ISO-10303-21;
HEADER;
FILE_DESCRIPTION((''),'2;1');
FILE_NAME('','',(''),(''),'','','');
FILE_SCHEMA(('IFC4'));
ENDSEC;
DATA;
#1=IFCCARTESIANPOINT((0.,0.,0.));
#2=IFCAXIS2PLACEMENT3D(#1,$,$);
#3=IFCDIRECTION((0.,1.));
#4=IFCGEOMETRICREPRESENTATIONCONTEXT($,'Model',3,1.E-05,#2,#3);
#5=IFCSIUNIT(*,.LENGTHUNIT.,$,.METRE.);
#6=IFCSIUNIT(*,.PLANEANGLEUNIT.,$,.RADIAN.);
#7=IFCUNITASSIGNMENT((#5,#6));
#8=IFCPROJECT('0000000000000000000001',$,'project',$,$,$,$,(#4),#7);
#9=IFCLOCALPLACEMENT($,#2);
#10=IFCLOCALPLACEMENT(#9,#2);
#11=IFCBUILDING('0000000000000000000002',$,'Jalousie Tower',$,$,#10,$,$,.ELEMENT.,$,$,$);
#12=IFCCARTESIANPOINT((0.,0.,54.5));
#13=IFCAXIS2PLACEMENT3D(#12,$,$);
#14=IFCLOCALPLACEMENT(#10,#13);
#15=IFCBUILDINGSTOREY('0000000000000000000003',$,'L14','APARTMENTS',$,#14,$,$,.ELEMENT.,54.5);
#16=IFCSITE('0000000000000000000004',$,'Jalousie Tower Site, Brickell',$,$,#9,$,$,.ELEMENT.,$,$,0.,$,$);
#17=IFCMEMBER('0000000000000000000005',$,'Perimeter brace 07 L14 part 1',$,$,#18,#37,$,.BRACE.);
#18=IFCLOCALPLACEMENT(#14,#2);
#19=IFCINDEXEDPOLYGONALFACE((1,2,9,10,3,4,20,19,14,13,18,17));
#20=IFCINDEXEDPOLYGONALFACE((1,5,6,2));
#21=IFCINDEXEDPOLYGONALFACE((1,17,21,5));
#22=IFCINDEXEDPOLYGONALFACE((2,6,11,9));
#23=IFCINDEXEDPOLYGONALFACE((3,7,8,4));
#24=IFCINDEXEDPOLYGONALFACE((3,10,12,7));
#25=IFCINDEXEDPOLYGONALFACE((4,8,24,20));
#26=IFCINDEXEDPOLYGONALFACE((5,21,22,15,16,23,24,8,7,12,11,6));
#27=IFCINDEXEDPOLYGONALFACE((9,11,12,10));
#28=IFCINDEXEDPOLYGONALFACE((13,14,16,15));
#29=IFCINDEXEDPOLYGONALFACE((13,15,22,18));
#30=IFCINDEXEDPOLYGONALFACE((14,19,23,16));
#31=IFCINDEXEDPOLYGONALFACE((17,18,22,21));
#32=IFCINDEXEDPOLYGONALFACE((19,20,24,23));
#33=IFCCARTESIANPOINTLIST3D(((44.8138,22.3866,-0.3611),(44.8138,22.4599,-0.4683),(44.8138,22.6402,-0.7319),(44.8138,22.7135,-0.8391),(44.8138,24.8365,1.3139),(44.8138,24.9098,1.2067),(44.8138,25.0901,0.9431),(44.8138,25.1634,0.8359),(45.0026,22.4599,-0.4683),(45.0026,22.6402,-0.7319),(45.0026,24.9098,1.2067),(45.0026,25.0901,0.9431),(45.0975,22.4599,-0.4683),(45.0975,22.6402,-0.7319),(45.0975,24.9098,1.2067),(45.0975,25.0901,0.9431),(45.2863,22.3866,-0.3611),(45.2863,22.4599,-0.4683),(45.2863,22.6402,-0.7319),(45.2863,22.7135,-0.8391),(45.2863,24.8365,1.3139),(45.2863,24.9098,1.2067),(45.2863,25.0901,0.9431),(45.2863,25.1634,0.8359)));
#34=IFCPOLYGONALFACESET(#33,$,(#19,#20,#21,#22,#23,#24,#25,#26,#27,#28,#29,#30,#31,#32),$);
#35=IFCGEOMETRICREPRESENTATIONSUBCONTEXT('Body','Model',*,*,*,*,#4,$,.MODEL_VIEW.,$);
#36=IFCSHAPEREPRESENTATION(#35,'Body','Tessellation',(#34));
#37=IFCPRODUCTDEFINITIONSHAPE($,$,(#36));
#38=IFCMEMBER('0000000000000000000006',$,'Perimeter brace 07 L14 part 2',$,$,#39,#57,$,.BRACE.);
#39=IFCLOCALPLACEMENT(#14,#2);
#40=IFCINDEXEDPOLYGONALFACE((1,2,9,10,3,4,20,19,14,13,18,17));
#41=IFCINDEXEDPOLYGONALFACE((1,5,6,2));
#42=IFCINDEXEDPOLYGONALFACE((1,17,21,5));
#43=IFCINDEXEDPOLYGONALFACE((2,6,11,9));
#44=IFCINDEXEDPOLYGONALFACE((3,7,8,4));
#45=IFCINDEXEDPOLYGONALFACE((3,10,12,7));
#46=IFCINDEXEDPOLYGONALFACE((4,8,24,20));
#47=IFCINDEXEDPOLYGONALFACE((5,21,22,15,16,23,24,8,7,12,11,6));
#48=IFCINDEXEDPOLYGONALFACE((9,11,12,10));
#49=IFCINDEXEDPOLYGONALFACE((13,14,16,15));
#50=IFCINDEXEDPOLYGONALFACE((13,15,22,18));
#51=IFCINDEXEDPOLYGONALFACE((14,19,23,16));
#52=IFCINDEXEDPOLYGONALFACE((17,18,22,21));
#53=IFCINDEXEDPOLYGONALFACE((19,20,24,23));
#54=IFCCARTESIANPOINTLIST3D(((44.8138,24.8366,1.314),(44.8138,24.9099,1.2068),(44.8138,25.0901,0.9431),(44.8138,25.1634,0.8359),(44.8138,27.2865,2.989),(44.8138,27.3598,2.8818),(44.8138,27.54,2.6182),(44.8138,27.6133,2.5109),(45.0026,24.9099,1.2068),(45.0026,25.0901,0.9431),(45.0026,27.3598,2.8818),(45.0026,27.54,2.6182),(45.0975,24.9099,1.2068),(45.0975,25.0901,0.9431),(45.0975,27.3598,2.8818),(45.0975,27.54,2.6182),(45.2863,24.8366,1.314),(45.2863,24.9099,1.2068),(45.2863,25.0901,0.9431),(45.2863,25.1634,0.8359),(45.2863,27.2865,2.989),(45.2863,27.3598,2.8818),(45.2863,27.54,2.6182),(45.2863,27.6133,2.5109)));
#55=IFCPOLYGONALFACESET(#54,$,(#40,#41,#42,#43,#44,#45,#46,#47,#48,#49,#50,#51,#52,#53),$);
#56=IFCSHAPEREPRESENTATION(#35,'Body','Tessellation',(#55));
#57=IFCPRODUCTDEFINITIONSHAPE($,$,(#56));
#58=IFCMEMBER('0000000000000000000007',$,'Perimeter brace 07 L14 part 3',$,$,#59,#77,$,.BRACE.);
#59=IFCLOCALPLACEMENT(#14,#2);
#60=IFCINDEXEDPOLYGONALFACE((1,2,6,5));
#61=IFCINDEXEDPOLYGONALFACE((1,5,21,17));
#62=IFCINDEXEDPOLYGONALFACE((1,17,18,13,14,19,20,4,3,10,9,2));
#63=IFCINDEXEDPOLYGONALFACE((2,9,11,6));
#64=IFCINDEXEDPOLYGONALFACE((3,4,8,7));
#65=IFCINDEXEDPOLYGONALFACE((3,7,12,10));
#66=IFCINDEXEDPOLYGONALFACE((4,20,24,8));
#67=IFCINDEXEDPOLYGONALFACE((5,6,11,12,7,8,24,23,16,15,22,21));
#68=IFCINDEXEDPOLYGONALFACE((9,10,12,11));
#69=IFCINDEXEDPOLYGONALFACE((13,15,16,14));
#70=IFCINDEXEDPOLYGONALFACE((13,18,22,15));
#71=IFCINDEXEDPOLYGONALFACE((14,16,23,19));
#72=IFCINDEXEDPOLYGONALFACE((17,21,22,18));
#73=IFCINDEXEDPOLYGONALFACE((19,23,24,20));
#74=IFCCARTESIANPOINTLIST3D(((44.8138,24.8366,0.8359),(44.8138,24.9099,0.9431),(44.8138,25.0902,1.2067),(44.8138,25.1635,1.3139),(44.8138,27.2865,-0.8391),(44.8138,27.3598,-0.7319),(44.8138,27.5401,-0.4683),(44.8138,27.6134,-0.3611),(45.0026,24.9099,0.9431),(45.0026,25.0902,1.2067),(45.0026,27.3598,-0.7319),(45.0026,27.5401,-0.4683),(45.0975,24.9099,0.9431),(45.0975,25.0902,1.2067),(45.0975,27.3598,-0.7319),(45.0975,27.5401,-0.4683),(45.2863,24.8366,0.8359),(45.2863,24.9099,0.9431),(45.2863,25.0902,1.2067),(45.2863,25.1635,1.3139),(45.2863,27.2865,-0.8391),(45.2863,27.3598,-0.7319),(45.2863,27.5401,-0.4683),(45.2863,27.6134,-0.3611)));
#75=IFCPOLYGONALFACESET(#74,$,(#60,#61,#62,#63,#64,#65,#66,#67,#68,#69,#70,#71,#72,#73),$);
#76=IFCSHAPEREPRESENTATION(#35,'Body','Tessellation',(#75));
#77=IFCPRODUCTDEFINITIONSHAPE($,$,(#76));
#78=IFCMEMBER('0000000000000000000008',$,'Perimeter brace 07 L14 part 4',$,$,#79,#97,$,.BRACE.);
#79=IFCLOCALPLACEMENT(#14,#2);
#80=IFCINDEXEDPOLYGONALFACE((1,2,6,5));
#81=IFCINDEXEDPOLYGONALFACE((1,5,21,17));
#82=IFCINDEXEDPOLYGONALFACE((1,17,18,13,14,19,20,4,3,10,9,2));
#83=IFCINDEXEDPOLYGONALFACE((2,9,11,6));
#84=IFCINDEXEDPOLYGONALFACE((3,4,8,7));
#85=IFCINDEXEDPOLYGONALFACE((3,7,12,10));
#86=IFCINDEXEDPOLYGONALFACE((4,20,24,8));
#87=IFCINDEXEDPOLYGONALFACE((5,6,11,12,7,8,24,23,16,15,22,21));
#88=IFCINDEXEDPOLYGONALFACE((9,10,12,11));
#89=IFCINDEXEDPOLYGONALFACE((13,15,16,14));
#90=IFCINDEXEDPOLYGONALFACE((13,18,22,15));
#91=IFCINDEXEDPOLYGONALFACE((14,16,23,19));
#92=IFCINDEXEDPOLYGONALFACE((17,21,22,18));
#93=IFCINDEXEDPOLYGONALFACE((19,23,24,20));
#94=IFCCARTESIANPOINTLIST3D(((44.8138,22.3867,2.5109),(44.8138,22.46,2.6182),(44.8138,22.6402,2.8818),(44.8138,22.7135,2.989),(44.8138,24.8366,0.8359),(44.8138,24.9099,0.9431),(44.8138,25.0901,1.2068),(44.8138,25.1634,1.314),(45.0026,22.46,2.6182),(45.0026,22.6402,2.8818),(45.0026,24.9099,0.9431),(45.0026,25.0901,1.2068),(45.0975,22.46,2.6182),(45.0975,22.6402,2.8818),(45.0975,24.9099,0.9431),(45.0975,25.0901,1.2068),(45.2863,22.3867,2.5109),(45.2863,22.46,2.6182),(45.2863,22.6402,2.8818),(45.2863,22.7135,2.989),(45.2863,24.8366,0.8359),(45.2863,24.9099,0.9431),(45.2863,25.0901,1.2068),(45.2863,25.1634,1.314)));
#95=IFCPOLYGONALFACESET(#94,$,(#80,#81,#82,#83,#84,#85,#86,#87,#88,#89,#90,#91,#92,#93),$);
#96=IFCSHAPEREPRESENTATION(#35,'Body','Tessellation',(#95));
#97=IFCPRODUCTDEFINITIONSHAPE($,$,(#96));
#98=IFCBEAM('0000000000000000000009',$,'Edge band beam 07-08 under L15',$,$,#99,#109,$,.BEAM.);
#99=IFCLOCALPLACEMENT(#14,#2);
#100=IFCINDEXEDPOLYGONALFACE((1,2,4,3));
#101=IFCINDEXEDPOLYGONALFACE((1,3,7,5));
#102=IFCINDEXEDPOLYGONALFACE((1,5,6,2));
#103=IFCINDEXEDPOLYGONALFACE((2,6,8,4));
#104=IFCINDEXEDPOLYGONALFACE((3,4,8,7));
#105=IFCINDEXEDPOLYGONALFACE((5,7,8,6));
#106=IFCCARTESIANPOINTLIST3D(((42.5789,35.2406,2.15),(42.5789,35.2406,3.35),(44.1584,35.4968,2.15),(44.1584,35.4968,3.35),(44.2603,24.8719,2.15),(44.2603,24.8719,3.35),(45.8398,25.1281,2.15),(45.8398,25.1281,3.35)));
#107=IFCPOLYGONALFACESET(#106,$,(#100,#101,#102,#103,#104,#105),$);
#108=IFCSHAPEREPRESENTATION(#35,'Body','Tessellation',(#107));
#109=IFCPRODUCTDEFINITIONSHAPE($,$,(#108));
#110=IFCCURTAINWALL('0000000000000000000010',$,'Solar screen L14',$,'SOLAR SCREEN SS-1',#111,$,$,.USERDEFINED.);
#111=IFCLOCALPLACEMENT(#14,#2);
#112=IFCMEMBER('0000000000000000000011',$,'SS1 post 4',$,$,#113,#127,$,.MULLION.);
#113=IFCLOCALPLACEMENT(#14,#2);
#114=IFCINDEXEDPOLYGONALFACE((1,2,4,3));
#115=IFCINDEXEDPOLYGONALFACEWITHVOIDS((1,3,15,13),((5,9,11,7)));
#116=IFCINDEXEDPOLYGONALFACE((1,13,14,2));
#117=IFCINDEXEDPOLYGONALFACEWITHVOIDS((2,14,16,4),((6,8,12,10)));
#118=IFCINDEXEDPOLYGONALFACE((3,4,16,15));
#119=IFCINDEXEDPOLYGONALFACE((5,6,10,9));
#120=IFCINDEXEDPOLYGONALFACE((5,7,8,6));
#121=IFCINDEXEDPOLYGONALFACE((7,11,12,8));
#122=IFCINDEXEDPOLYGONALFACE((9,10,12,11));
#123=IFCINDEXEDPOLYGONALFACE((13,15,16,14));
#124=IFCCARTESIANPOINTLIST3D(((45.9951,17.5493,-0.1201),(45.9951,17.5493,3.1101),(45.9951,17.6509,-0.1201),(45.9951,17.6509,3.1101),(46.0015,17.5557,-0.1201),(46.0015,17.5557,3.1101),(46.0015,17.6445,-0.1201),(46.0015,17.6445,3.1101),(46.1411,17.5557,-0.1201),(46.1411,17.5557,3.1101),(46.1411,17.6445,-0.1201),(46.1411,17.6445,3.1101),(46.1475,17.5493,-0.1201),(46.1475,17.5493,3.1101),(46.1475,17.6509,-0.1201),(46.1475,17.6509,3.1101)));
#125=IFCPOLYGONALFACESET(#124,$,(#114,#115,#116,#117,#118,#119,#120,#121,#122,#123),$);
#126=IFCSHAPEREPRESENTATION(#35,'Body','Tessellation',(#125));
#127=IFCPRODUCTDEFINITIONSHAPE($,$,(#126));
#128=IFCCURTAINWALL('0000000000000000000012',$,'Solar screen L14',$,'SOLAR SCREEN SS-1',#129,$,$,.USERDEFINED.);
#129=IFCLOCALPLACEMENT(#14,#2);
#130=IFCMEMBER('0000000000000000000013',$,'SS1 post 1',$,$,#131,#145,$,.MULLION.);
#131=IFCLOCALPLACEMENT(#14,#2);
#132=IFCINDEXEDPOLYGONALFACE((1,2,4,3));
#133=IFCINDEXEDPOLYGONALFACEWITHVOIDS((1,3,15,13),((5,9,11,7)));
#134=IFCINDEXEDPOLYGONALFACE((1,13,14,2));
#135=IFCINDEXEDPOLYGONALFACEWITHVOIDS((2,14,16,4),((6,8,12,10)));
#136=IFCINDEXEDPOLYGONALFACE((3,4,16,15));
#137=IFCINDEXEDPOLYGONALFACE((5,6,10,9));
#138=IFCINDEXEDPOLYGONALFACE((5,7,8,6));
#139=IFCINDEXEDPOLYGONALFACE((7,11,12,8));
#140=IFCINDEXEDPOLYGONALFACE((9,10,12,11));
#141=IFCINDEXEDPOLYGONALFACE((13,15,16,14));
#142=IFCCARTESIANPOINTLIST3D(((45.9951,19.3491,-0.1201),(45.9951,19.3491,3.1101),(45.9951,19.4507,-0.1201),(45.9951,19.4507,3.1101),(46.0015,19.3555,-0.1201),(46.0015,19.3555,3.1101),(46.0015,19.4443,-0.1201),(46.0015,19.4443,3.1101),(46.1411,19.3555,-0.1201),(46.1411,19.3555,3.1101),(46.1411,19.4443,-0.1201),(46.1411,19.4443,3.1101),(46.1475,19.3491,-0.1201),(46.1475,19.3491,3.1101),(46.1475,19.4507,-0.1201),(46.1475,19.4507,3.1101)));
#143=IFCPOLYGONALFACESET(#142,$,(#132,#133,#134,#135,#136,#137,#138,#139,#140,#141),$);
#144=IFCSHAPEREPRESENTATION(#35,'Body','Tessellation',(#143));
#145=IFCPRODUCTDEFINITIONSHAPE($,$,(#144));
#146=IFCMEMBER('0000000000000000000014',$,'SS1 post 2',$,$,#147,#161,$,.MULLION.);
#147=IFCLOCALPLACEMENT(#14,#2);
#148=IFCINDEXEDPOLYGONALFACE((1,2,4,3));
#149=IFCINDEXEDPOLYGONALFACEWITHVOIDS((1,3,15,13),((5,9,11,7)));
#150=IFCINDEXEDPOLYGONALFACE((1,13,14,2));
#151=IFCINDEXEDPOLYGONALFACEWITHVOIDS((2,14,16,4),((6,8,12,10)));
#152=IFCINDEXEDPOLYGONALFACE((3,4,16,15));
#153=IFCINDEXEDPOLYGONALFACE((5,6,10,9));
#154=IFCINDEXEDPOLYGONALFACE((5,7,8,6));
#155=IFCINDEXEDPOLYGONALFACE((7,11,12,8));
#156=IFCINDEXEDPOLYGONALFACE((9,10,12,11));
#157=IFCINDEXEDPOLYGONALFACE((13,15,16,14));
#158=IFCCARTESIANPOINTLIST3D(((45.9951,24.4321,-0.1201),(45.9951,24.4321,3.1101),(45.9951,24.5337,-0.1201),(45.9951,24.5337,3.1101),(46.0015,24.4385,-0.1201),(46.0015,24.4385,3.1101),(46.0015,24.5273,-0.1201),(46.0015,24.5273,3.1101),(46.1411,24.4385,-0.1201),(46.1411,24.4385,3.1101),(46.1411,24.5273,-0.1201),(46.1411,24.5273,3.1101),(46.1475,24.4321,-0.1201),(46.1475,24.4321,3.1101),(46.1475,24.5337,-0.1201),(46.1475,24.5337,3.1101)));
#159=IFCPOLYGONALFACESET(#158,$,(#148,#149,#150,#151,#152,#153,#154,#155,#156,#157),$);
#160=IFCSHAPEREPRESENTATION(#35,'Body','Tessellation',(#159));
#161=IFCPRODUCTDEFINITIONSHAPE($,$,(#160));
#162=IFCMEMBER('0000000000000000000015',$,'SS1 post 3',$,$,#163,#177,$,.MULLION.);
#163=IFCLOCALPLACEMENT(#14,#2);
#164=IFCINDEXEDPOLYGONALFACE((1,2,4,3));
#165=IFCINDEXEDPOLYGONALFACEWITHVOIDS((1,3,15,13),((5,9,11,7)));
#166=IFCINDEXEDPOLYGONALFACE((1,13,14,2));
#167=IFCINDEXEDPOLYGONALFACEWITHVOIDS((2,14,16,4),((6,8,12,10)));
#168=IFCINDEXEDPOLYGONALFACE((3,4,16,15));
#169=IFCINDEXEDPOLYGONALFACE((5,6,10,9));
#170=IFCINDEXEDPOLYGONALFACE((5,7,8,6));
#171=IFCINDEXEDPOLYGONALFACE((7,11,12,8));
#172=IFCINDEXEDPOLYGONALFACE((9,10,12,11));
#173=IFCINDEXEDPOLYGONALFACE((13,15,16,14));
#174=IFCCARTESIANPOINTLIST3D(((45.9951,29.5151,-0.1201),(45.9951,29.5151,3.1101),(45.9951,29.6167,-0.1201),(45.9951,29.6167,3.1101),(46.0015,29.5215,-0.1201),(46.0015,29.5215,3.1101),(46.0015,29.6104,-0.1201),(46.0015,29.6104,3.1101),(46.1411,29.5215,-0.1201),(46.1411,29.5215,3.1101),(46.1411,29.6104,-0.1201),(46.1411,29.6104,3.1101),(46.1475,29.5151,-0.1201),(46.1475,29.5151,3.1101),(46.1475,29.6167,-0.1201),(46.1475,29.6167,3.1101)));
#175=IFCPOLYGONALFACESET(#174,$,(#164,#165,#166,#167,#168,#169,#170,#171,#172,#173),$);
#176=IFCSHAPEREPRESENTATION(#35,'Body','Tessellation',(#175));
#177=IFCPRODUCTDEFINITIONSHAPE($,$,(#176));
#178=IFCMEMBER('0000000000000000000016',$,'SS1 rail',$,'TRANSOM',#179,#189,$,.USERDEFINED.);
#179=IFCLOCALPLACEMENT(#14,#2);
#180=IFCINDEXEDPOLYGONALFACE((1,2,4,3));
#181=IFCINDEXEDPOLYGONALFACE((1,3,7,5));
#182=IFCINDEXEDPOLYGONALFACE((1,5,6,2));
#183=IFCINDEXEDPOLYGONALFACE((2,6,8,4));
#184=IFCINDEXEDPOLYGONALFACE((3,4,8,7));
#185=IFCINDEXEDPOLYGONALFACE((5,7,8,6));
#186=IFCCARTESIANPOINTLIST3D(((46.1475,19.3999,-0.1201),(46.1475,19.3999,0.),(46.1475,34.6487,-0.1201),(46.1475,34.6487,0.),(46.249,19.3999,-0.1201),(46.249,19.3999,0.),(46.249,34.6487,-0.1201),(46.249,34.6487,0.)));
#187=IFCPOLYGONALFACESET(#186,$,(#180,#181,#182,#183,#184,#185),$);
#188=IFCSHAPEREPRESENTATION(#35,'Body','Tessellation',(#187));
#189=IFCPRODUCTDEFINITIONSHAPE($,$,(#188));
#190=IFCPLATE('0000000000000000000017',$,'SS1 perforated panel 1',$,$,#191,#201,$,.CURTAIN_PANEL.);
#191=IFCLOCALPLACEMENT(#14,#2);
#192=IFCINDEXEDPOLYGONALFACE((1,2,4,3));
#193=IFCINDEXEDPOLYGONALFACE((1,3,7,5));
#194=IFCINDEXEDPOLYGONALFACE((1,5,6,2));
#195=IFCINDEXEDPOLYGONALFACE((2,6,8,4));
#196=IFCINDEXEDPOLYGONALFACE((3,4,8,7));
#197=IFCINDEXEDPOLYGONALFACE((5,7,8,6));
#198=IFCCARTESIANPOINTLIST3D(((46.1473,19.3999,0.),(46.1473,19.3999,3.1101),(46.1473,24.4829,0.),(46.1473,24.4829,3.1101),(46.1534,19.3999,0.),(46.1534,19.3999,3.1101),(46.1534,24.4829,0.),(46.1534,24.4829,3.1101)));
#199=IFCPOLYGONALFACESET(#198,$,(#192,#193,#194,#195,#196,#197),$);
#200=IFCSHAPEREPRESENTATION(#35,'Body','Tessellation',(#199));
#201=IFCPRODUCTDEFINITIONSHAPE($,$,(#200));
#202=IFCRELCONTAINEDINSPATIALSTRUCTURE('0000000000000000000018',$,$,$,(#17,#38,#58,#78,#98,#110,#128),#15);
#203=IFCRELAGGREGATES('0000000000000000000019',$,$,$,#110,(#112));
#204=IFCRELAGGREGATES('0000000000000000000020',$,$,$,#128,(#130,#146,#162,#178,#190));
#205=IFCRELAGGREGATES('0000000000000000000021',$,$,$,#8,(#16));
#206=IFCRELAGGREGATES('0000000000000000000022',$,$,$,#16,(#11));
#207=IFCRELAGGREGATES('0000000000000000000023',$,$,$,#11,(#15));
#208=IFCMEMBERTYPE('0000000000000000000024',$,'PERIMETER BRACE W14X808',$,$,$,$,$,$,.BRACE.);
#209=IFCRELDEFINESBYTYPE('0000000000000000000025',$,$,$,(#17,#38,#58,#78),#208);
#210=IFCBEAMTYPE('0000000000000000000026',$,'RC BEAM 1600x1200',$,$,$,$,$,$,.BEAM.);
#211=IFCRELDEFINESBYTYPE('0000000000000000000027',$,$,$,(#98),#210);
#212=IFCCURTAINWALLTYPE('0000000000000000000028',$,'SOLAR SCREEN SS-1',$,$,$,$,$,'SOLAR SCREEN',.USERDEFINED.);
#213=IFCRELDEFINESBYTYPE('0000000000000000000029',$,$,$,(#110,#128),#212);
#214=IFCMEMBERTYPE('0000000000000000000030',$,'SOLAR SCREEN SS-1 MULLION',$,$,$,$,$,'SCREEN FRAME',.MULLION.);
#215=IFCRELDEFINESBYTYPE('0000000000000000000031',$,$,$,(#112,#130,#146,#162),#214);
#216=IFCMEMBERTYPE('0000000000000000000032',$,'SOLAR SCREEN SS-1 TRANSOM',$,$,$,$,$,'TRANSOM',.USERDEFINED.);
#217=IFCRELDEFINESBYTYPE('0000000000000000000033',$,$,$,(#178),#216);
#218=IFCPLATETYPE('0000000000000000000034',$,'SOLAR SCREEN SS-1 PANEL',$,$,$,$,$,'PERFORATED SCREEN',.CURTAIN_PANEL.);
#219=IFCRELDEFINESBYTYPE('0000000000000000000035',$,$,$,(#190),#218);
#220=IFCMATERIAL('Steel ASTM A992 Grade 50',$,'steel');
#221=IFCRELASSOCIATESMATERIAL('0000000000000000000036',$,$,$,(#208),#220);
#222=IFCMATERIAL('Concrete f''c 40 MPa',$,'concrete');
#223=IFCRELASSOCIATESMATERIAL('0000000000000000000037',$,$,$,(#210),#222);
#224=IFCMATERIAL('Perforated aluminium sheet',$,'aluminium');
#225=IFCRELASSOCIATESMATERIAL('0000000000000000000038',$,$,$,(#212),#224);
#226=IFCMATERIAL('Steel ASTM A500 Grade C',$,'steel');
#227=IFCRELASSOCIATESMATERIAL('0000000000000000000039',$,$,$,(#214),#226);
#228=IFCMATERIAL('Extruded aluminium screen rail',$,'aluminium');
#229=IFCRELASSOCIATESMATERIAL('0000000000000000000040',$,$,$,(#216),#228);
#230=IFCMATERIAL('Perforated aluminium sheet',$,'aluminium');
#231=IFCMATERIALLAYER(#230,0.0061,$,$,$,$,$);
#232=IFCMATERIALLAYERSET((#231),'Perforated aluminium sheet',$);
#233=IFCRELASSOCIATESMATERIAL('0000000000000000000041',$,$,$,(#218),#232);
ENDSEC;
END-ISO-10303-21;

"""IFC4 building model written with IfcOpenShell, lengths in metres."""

from ifc_helpers import new_model, si_unit, direction, frame, origin, origin_2d, place, context, subcontext, project, spatial, rectangle, hollow_rectangle, i_section, extrude, material, layer, layer_set, material_profile, profile_set, type_object, element, aggregate, save


model = new_model("IFC4")

# Units and contexts
model_context = context("Model", 3, precision=1e-05, world=origin(), true_north=direction((0.0, 1.0)))
body_context = subcontext(model_context, "Body", "Model", "MODEL_VIEW")
ifc_project = project(units=[si_unit("LENGTHUNIT", "METRE"), si_unit("PLANEANGLEUNIT", "RADIAN")], contexts=[model_context])

# Site, building, storey
site_placement = place(None, origin())
site = spatial("IfcSite", under=ifc_project, at=site_placement, Name="Jalousie Tower Site, Brickell", CompositionType="ELEMENT", RefElevation=0.0)
building_placement = place(site_placement, origin())
building = spatial("IfcBuilding", under=site, at=building_placement, Name="Jalousie Tower", CompositionType="ELEMENT")
storey_placement = place(building_placement, frame((0.0, 0.0, 54.5)))
storey = spatial("IfcBuildingStorey", under=building, at=storey_placement, Name="L14", Description="APARTMENTS", CompositionType="ELEMENT", Elevation=54.5)

# Members
ifc_material_1 = material(Name="Steel ASTM A992 Grade 50", Category="steel")
ifc_material_profile_1 = material_profile(ifc_material_1, i_section(OverallWidth=0.4724, OverallDepth=0.5791, WebThickness=0.095, FlangeThickness=0.1299, at=origin_2d()), Name="W14X808")
ifc_profile_set_1 = profile_set([ifc_material_profile_1], Name="Steel ASTM A992 Grade 50")
member_type_1 = type_object("IfcMemberType", Name="PERIMETER BRACE W14X808", PredefinedType="BRACE", material=ifc_profile_set_1)
for number, where, z_axis, x_axis, name in (
    (1, (45.05, 22.55, -0.6001), (0.0, 0.825501, 0.564401), (-1.0, 0.0, 0.0), "Perimeter brace 07 L14 part 1"),
    (2, (45.05, 25.0, 1.075), (0.0, 0.825501, 0.564401), (-1.0, 0.0, 0.0), "Perimeter brace 07 L14 part 2"),
    (3, (45.05, 27.45, -0.6001), (0.0, -0.825501, 0.564401), (1.0, 0.0, 0.0), "Perimeter brace 07 L14 part 3"),
    (4, (45.05, 25.0, 1.075), (0.0, -0.825501, 0.564401), (1.0, 0.0, 0.0), "Perimeter brace 07 L14 part 4"),
):
    element("IfcMember", number, at=place(storey_placement, frame(where, z_axis=z_axis, x_axis=x_axis)), inside=storey, type_object=member_type_1, Name=name, PredefinedType="BRACE", context=body_context, shape_type="SweptSolid", body=[
        extrude(i_section(OverallWidth=0.4724, OverallDepth=0.5791, WebThickness=0.095, FlangeThickness=0.1299, at=origin_2d()), origin(), (0.0, 0.0, 1.0), 2.9678),
    ])

# Beam
ifc_material_2 = material(Name="Concrete f'c 40 MPa", Category="concrete")
ifc_material_profile_2 = material_profile(ifc_material_2, rectangle(XDim=1.6001, YDim=1.2, at=origin_2d()), Name="RC 1600x1200")
ifc_profile_set_2 = profile_set([ifc_material_profile_2], Name="Concrete f'c 40 MPa")
beam_type = type_object("IfcBeamType", Name="RC BEAM 1600x1200", PredefinedType="BEAM", material=ifc_profile_set_2)
beam_placement = place(storey_placement, frame((45.05, 25.0, 2.75), z_axis=(-0.160071, 0.987106, 0.0), x_axis=(-0.987106, -0.160071, 0.0)))
element("IfcBeam", 5, at=beam_placement, inside=storey, type_object=beam_type, Name="Edge band beam 07-08 under L15", PredefinedType="BEAM", context=body_context, shape_type="SweptSolid", body=[
    extrude(rectangle(XDim=1.6001, YDim=1.2, at=origin_2d()), origin(), (0.0, 0.0, 1.0), 10.5042),
])

# Curtain wall, member
ifc_material_3 = material(Name="Perforated aluminium sheet", Category="aluminium")
curtain_wall_type = type_object("IfcCurtainWallType", Name="SOLAR SCREEN SS-1", ElementType="SOLAR SCREEN", PredefinedType="USERDEFINED", material=ifc_material_3)
curtain_wall_1_placement = place(storey_placement, origin())
curtain_wall_1 = element("IfcCurtainWall", 6, at=curtain_wall_1_placement, inside=storey, type_object=curtain_wall_type, Name="Solar screen L14", ObjectType="SOLAR SCREEN SS-1", PredefinedType="USERDEFINED")
ifc_material_4 = material(Name="Steel ASTM A500 Grade C", Category="steel")
ifc_material_profile_3 = material_profile(ifc_material_4, hollow_rectangle(XDim=0.1016, YDim=0.1523, WallThickness=0.0063, at=origin_2d()), Name="HSS6X4X1/4")
ifc_profile_set_3 = profile_set([ifc_material_profile_3], Name="Steel ASTM A500 Grade C")
member_type_2 = type_object("IfcMemberType", Name="SOLAR SCREEN SS-1 MULLION", ElementType="SCREEN FRAME", PredefinedType="MULLION", material=ifc_profile_set_3)
member_1_placement = place(storey_placement, frame((46.0713, 17.6001, -0.1201), z_axis=(0.0, 0.0, 1.0), x_axis=(0.0, 1.0, 0.0)))
member_1 = element("IfcMember", 7, at=member_1_placement, type_object=member_type_2, Name="SS1 post 4", PredefinedType="MULLION", context=body_context, shape_type="SweptSolid", body=[
    extrude(hollow_rectangle(XDim=0.1016, YDim=0.1523, WallThickness=0.0063, at=origin_2d()), origin(), (0.0, 0.0, 1.0), 3.2302),
])
aggregate(curtain_wall_1, [member_1])

# Curtain wall, members, plate
curtain_wall_2_placement = place(storey_placement, origin())
curtain_wall_2 = element("IfcCurtainWall", 8, at=curtain_wall_2_placement, inside=storey, type_object=curtain_wall_type, Name="Solar screen L14", ObjectType="SOLAR SCREEN SS-1", PredefinedType="USERDEFINED")
member_2_placement = place(storey_placement, frame((46.0713, 19.3999, -0.1201), z_axis=(0.0, 0.0, 1.0), x_axis=(0.0, 1.0, 0.0)))
member_2 = element("IfcMember", 9, at=member_2_placement, type_object=member_type_2, Name="SS1 post 1", PredefinedType="MULLION", context=body_context, shape_type="SweptSolid", body=[
    extrude(hollow_rectangle(XDim=0.1016, YDim=0.1523, WallThickness=0.0063, at=origin_2d()), origin(), (0.0, 0.0, 1.0), 3.2302),
])
member_3_placement = place(storey_placement, frame((46.0713, 24.4829, -0.1201), z_axis=(0.0, 0.0, 1.0), x_axis=(0.0, 1.0, 0.0)))
member_3 = element("IfcMember", 10, at=member_3_placement, type_object=member_type_2, Name="SS1 post 2", PredefinedType="MULLION", context=body_context, shape_type="SweptSolid", body=[
    extrude(hollow_rectangle(XDim=0.1016, YDim=0.1523, WallThickness=0.0063, at=origin_2d()), origin(), (0.0, 0.0, 1.0), 3.2302),
])
member_4_placement = place(storey_placement, frame((46.0713, 29.5659, -0.1201), z_axis=(0.0, 0.0, 1.0), x_axis=(0.0, 1.0, 0.0)))
member_4 = element("IfcMember", 11, at=member_4_placement, type_object=member_type_2, Name="SS1 post 3", PredefinedType="MULLION", context=body_context, shape_type="SweptSolid", body=[
    extrude(hollow_rectangle(XDim=0.1016, YDim=0.1523, WallThickness=0.0063, at=origin_2d()), origin(), (0.0, 0.0, 1.0), 3.2302),
])
ifc_material_5 = material(Name="Extruded aluminium screen rail", Category="aluminium")
ifc_material_profile_4 = material_profile(ifc_material_5, rectangle(XDim=0.1016, YDim=0.1201, at=origin_2d()), Name="RAIL 102x120")
ifc_profile_set_4 = profile_set([ifc_material_profile_4], Name="Extruded aluminium screen rail")
member_type_3 = type_object("IfcMemberType", Name="SOLAR SCREEN SS-1 TRANSOM", ElementType="TRANSOM", PredefinedType="USERDEFINED", material=ifc_profile_set_4)
member_5_placement = place(storey_placement, frame((46.1982, 19.3999, -0.0601), z_axis=(0.0, 1.0, 0.0), x_axis=(-1.0, 0.0, 0.0)))
member_5 = element("IfcMember", 12, at=member_5_placement, type_object=member_type_3, Name="SS1 rail", ObjectType="TRANSOM", PredefinedType="USERDEFINED", context=body_context, shape_type="SweptSolid", body=[
    extrude(rectangle(XDim=0.1016, YDim=0.1201, at=origin_2d()), origin(), (0.0, 0.0, 1.0), 15.2488),
])
ifc_material_6 = material(Name="Perforated aluminium sheet", Category="aluminium")
ifc_layer_1 = layer(ifc_material_6, 0.0061)
ifc_layer_set_1 = layer_set([ifc_layer_1], Name="Perforated aluminium sheet")
plate_type = type_object("IfcPlateType", Name="SOLAR SCREEN SS-1 PANEL", ElementType="PERFORATED SCREEN", PredefinedType="CURTAIN_PANEL", material=ifc_layer_set_1)
plate_1_placement = place(storey_placement, frame((46.1504, 21.9414, 0.0), z_axis=(0.0, 0.0, 1.0), x_axis=(0.0, 1.0, 0.0)))
plate_1 = element("IfcPlate", 13, at=plate_1_placement, type_object=plate_type, Name="SS1 perforated panel 1", PredefinedType="CURTAIN_PANEL", context=body_context, shape_type="SweptSolid", body=[
    extrude(rectangle(XDim=5.083, YDim=0.0061, at=origin_2d()), origin(), (0.0, 0.0, 1.0), 3.1101),
])
aggregate(curtain_wall_2, [member_2, member_3, member_4, member_5, plate_1])

save(model, "model.ifc")
